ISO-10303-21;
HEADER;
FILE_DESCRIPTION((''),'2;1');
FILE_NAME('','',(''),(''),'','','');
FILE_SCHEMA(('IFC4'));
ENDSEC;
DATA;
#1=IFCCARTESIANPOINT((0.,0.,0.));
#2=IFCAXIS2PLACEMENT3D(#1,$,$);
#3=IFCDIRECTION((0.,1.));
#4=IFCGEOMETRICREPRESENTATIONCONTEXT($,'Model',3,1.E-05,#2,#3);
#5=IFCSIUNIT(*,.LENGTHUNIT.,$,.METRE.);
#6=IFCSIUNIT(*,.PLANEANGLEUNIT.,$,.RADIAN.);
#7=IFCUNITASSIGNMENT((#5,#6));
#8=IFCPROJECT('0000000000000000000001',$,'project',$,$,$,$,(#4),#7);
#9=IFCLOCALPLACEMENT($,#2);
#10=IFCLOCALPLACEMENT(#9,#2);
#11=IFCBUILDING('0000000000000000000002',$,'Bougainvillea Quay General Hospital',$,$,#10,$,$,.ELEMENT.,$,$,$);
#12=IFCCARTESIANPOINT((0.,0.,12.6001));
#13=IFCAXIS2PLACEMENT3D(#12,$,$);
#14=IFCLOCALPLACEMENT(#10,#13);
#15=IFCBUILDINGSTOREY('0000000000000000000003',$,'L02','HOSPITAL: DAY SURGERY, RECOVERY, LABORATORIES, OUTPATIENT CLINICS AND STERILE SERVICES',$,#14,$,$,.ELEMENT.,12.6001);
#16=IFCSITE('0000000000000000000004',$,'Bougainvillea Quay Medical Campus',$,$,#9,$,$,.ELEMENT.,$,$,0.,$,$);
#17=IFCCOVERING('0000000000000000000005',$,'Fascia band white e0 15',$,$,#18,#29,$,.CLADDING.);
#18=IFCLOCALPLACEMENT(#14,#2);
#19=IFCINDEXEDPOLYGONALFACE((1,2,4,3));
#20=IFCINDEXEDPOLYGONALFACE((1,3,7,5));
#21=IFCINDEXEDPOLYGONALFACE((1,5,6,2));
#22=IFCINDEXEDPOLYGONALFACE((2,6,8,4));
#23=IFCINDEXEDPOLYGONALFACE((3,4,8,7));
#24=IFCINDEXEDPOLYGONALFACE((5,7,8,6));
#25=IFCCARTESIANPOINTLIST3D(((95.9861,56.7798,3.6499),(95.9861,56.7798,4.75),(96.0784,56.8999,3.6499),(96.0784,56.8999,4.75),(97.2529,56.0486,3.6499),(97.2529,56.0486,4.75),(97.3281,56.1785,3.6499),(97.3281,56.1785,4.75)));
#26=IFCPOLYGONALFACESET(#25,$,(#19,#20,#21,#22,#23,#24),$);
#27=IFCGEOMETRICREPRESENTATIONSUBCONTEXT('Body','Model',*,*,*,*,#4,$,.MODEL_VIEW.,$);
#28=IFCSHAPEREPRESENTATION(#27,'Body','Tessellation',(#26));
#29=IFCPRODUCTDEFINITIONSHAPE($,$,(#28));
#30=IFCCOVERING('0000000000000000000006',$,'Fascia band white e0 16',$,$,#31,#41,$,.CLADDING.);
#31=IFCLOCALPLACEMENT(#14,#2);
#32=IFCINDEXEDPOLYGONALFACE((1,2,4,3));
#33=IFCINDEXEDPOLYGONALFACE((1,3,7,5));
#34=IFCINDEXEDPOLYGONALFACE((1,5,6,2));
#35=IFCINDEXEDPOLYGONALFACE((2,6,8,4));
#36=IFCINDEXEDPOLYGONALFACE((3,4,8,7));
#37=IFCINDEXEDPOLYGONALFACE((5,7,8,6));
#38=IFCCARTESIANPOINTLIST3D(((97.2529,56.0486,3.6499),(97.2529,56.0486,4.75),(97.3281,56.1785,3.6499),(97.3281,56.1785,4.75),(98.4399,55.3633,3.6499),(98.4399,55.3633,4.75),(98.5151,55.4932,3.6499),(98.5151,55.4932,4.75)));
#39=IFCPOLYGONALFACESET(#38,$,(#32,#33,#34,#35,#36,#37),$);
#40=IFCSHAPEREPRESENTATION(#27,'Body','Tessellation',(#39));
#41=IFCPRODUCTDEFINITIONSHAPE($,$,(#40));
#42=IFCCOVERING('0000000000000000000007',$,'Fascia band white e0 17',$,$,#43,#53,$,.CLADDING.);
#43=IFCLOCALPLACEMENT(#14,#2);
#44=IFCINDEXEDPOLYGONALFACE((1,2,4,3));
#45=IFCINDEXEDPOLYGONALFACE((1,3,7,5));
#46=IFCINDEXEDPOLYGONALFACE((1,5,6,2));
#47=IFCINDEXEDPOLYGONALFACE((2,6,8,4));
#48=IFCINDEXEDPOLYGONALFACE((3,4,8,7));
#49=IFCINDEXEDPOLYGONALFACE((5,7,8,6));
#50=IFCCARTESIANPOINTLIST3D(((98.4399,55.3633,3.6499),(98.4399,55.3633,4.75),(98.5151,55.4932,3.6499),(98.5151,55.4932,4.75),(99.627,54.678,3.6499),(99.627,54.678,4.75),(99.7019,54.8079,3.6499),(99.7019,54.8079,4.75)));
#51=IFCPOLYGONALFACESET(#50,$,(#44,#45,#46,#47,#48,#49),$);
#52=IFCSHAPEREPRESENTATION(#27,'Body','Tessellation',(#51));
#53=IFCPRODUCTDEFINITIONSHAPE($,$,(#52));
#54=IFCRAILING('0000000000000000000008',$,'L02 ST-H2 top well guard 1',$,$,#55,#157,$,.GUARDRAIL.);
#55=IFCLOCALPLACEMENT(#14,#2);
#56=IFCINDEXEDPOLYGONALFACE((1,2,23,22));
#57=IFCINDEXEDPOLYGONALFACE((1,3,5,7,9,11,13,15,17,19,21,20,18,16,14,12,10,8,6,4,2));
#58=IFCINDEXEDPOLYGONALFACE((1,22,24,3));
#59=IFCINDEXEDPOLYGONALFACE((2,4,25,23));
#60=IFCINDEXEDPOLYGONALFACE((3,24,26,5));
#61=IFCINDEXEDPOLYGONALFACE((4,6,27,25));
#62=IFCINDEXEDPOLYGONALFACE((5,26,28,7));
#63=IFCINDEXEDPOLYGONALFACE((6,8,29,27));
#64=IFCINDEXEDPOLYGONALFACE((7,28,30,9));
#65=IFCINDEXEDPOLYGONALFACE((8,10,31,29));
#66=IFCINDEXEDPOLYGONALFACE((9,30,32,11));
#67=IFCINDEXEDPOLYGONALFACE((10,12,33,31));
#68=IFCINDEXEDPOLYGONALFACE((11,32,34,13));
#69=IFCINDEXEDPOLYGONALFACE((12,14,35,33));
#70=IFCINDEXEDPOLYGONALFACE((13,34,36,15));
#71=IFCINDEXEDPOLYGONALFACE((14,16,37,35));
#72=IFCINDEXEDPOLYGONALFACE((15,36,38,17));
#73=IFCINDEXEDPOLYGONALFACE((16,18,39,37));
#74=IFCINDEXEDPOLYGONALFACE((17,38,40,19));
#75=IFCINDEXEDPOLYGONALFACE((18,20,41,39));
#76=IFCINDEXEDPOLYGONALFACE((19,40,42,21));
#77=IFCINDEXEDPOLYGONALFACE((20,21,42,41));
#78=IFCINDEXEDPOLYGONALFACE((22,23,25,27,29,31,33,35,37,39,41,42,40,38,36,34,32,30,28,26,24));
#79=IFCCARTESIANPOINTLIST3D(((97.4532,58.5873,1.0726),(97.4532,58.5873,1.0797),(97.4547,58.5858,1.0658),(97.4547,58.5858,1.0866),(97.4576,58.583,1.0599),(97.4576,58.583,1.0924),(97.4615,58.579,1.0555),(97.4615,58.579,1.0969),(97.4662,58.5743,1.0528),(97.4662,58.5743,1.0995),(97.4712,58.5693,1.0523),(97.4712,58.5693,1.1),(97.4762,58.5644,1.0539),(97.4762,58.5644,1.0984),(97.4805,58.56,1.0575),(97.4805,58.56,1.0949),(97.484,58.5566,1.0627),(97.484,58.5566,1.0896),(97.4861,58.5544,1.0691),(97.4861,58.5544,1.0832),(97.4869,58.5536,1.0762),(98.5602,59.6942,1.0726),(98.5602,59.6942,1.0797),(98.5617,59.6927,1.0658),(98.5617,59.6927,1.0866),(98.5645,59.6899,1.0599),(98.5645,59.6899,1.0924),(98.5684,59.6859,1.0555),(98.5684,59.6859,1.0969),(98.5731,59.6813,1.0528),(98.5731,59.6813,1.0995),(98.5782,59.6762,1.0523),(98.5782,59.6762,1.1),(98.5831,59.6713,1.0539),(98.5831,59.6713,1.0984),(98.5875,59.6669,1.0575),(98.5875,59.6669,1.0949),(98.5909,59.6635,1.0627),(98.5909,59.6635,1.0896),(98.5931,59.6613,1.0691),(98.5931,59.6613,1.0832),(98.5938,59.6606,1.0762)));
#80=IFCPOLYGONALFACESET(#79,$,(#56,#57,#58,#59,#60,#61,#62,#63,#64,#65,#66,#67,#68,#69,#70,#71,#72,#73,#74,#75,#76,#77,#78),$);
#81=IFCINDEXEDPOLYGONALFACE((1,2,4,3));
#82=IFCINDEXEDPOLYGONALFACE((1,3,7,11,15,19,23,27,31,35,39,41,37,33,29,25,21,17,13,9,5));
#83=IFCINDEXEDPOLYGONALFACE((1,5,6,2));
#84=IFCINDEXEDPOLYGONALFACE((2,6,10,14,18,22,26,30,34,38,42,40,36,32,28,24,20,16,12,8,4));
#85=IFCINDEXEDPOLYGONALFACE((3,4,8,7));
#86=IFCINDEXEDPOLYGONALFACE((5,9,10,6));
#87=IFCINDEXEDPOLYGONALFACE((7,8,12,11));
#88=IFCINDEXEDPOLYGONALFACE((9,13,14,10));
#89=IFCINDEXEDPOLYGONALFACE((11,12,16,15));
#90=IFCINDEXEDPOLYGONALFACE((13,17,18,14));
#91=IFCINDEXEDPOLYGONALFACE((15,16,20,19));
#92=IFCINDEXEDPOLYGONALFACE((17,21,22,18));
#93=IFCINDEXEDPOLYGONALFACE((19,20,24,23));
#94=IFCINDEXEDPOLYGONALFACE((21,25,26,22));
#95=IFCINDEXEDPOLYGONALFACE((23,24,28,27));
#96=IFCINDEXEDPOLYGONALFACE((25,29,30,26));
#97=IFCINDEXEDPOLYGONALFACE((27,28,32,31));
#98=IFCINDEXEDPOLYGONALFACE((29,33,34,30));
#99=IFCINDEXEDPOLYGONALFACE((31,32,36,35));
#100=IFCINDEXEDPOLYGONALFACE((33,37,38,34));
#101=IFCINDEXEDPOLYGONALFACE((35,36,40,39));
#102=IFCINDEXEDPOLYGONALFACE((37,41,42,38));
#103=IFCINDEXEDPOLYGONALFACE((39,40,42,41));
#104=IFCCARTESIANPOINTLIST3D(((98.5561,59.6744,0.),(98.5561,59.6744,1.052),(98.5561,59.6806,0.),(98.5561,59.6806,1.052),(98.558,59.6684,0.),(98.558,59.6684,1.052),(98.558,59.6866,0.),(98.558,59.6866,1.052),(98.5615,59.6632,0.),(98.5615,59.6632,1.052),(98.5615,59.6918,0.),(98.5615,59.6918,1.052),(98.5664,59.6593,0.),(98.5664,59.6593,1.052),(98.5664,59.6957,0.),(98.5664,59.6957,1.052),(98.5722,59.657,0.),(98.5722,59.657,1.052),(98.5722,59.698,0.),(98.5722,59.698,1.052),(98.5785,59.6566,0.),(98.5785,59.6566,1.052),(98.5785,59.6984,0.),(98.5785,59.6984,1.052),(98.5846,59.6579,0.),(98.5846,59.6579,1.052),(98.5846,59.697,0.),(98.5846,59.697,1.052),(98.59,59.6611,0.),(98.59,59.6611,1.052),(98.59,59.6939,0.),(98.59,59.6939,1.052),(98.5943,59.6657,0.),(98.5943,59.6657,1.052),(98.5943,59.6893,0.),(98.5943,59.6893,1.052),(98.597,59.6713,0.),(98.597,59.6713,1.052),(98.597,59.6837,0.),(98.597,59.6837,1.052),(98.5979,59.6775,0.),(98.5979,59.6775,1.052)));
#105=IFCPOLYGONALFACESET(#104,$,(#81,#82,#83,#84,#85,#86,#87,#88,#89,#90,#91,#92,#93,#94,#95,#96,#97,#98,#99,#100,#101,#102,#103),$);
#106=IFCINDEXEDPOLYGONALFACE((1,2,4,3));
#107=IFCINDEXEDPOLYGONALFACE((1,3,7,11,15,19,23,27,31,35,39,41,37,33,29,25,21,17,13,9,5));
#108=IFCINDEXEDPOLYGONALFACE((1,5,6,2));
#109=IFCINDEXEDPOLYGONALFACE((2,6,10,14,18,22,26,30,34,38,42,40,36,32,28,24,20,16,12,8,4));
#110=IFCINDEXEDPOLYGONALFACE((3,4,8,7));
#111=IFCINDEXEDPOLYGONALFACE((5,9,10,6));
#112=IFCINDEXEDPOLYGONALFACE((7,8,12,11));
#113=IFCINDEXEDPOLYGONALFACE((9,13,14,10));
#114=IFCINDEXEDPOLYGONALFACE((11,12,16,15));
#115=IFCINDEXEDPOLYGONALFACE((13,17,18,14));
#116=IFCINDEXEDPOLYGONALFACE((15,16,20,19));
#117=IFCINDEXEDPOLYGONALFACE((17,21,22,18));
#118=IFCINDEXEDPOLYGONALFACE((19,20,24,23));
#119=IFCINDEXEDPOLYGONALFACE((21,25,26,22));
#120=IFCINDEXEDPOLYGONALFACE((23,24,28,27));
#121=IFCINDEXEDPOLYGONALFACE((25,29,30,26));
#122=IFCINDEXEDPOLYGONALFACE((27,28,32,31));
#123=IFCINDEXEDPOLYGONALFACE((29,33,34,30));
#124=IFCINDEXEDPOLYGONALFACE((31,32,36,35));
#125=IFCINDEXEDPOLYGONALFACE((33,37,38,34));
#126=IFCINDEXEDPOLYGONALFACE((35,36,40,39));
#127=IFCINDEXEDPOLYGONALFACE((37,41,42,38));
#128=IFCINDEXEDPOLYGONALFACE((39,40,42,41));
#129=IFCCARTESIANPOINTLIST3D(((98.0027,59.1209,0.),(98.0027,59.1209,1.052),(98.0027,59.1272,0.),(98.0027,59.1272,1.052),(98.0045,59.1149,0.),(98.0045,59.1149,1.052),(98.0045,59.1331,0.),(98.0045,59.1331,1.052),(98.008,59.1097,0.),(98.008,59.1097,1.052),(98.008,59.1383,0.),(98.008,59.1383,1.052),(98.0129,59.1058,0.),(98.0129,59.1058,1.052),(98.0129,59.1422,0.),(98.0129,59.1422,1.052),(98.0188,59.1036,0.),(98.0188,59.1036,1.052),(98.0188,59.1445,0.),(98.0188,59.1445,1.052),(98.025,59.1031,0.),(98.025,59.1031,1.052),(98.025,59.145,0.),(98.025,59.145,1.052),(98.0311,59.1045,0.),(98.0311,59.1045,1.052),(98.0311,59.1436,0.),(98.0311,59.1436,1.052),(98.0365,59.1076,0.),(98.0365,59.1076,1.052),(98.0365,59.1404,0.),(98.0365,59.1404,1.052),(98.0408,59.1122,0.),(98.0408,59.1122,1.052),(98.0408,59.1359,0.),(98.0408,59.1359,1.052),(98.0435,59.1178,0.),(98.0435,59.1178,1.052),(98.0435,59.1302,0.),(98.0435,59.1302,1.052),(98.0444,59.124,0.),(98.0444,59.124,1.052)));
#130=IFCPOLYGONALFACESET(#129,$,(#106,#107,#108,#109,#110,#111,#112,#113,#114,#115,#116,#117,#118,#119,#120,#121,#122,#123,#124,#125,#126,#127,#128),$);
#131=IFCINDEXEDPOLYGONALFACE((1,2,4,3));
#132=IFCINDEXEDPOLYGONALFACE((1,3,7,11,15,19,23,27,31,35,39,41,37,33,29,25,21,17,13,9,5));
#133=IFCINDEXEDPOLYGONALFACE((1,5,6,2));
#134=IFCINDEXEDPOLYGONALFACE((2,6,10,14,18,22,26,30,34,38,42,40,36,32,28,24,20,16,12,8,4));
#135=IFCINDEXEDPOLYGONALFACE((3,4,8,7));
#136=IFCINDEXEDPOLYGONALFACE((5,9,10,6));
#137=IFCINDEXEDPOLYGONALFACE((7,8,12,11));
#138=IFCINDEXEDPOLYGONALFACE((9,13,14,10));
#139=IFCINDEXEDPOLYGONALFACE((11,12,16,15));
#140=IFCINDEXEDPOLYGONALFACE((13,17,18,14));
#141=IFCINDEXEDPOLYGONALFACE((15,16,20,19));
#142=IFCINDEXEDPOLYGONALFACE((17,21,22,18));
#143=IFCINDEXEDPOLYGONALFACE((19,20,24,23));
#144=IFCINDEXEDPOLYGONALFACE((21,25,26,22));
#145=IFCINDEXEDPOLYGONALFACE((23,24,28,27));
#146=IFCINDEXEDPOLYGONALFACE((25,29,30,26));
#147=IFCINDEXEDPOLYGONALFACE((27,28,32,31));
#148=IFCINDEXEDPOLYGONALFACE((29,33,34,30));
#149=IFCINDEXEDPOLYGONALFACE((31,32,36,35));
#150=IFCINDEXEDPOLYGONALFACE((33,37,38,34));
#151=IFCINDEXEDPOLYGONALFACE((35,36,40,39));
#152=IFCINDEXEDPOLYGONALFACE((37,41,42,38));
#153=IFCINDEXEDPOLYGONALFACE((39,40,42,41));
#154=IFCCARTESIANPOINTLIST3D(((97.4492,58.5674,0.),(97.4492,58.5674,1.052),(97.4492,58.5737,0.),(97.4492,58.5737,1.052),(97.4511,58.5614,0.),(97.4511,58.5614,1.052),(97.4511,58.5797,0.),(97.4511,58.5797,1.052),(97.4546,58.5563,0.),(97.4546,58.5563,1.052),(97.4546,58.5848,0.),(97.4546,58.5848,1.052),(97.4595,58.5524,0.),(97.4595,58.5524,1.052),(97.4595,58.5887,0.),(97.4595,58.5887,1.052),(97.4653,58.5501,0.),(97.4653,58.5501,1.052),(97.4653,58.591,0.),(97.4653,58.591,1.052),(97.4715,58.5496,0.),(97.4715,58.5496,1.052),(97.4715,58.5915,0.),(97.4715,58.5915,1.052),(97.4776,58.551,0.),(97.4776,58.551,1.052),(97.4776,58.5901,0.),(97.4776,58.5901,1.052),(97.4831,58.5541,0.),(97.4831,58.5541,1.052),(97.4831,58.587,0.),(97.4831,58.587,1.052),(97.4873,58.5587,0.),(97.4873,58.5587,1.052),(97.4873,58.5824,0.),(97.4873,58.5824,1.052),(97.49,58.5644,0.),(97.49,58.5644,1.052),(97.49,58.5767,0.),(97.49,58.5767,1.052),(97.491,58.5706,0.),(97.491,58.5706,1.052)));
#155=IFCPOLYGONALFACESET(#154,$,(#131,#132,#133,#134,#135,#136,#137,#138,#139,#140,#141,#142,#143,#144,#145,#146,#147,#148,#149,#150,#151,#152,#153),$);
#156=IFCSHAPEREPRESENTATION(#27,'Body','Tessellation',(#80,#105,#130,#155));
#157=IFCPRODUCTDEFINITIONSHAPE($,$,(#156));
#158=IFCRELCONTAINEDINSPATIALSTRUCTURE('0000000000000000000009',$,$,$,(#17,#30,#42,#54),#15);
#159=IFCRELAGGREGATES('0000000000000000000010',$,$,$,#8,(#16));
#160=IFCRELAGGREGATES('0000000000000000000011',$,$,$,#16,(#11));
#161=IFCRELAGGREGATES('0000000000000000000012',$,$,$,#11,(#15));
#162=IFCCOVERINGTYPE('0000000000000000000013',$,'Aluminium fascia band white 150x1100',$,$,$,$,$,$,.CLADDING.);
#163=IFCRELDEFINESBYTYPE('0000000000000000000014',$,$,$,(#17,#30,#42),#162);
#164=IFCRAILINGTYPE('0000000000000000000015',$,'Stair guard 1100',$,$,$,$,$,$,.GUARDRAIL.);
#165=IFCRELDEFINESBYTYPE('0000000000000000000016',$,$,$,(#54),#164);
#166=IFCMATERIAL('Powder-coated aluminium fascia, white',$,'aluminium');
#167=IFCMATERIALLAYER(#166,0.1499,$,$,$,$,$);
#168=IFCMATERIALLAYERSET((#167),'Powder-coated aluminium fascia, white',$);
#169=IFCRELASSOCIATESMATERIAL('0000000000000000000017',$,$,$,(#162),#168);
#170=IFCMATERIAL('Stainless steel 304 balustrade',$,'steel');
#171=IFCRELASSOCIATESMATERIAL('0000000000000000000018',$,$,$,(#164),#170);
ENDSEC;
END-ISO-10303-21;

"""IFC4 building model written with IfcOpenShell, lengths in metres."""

from ifc_helpers import new_model, si_unit, direction, frame, origin, origin_2d, place, context, subcontext, project, spatial, polyline, circle, outline, extrude, material, layer, layer_set, type_object, element, save


model = new_model("IFC4")

# Units and contexts
model_context = context("Model", 3, precision=1e-05, world=origin(), true_north=direction((0.0, 1.0)))
body_context = subcontext(model_context, "Body", "Model", "MODEL_VIEW")
ifc_project = project(units=[si_unit("LENGTHUNIT", "METRE"), si_unit("PLANEANGLEUNIT", "RADIAN")], contexts=[model_context])

# Site, building, storey
site_placement = place(None, origin())
site = spatial("IfcSite", under=ifc_project, at=site_placement, Name="Bougainvillea Quay Medical Campus", CompositionType="ELEMENT", RefElevation=0.0)
building_placement = place(site_placement, origin())
building = spatial("IfcBuilding", under=site, at=building_placement, Name="Bougainvillea Quay General Hospital", CompositionType="ELEMENT")
storey_placement = place(building_placement, frame((0.0, 0.0, 12.6001)))
storey = spatial("IfcBuildingStorey", under=building, at=storey_placement, Name="L02", Description="HOSPITAL: DAY SURGERY, RECOVERY, LABORATORIES, OUTPATIENT CLINICS AND STERILE SERVICES", CompositionType="ELEMENT", Elevation=12.6001)

# Coverings
ifc_material_1 = material(Name="Powder-coated aluminium fascia, white", Category="aluminium")
ifc_layer_1 = layer(ifc_material_1, 0.1499)
ifc_layer_set_1 = layer_set([ifc_layer_1], Name="Powder-coated aluminium fascia, white")
covering_type = type_object("IfcCoveringType", Name="Aluminium fascia band white 150x1100", PredefinedType="CLADDING", material=ifc_layer_set_1)
covering_1_placement = place(storey_placement, frame((96.0784, 56.8999, 3.6499), z_axis=(0.0, 0.0, 1.0), x_axis=(0.866059, -0.499942, 0.0)))
element("IfcCovering", 1, at=covering_1_placement, inside=storey, type_object=covering_type, Name="Fascia band white e0 15", PredefinedType="CLADDING", context=body_context, shape_type="SweptSolid", body=[
    extrude(outline(polyline([(0.0, 0.0), (1.443, 0.0), (1.4428, -0.1501), (-0.0199, -0.1502), (0.0, 0.0)])), origin(), (0.0, 0.0, 1.0), 1.1001),
])
covering_2_placement = place(storey_placement, frame((97.3281, 56.1785, 3.6499), z_axis=(0.0, 0.0, 1.0), x_axis=(0.866031, -0.49999, 0.0)))
element("IfcCovering", 2, at=covering_2_placement, inside=storey, type_object=covering_type, Name="Fascia band white e0 16", PredefinedType="CLADDING", context=body_context, shape_type="SweptSolid", body=[
    extrude(outline(polyline([(0.0, 0.0), (1.3706, 0.0), (1.3705, -0.1501), (-0.0002, -0.1501), (0.0, 0.0)])), origin(), (0.0, 0.0, 1.0), 1.1001),
])
covering_3_placement = place(storey_placement, frame((98.5151, 55.4932, 3.6499), z_axis=(0.0, 0.0, 1.0), x_axis=(0.865987, -0.500067, 0.0)))
element("IfcCovering", 3, at=covering_3_placement, inside=storey, type_object=covering_type, Name="Fascia band white e0 17", PredefinedType="CLADDING", context=body_context, shape_type="SweptSolid", body=[
    extrude(outline(polyline([(0.0, 0.0), (1.3704, 0.0), (1.3705, -0.15), (-0.0002, -0.1501), (0.0, 0.0)])), origin(), (0.0, 0.0, 1.0), 1.1001),
])

# Railing
ifc_material_2 = material(Name="Stainless steel 304 balustrade", Category="steel")
railing_type = type_object("IfcRailingType", Name="Stair guard 1100", PredefinedType="GUARDRAIL", material=ifc_material_2)
railing_1_placement = place(storey_placement, frame((98.5769, 59.6775, 0.0)))
element("IfcRailing", 4, at=railing_1_placement, inside=storey, type_object=railing_type, Name="L02 ST-H2 top well guard 1", PredefinedType="GUARDRAIL", context=body_context, shape_type="SweptSolid", body=[
    extrude(circle(Radius=0.0239, at=origin_2d()), frame((0.0, 0.0, 1.0762), z_axis=(-0.707107, -0.707107, 0.0), x_axis=(0.707107, -0.707107, 0.0)), (0.0, 0.0, 1.0), 1.5654),
    extrude(circle(Radius=0.021, at=origin_2d()), origin(), (0.0, 0.0, 1.0), 1.052),
    extrude(circle(Radius=0.021, at=origin_2d()), frame((-0.5535, -0.5535, 0.0)), (0.0, 0.0, 1.0), 1.052),
    extrude(circle(Radius=0.021, at=origin_2d()), frame((-1.1069, -1.1069, 0.0)), (0.0, 0.0, 1.0), 1.052),
])

save(model, "model.ifc")
